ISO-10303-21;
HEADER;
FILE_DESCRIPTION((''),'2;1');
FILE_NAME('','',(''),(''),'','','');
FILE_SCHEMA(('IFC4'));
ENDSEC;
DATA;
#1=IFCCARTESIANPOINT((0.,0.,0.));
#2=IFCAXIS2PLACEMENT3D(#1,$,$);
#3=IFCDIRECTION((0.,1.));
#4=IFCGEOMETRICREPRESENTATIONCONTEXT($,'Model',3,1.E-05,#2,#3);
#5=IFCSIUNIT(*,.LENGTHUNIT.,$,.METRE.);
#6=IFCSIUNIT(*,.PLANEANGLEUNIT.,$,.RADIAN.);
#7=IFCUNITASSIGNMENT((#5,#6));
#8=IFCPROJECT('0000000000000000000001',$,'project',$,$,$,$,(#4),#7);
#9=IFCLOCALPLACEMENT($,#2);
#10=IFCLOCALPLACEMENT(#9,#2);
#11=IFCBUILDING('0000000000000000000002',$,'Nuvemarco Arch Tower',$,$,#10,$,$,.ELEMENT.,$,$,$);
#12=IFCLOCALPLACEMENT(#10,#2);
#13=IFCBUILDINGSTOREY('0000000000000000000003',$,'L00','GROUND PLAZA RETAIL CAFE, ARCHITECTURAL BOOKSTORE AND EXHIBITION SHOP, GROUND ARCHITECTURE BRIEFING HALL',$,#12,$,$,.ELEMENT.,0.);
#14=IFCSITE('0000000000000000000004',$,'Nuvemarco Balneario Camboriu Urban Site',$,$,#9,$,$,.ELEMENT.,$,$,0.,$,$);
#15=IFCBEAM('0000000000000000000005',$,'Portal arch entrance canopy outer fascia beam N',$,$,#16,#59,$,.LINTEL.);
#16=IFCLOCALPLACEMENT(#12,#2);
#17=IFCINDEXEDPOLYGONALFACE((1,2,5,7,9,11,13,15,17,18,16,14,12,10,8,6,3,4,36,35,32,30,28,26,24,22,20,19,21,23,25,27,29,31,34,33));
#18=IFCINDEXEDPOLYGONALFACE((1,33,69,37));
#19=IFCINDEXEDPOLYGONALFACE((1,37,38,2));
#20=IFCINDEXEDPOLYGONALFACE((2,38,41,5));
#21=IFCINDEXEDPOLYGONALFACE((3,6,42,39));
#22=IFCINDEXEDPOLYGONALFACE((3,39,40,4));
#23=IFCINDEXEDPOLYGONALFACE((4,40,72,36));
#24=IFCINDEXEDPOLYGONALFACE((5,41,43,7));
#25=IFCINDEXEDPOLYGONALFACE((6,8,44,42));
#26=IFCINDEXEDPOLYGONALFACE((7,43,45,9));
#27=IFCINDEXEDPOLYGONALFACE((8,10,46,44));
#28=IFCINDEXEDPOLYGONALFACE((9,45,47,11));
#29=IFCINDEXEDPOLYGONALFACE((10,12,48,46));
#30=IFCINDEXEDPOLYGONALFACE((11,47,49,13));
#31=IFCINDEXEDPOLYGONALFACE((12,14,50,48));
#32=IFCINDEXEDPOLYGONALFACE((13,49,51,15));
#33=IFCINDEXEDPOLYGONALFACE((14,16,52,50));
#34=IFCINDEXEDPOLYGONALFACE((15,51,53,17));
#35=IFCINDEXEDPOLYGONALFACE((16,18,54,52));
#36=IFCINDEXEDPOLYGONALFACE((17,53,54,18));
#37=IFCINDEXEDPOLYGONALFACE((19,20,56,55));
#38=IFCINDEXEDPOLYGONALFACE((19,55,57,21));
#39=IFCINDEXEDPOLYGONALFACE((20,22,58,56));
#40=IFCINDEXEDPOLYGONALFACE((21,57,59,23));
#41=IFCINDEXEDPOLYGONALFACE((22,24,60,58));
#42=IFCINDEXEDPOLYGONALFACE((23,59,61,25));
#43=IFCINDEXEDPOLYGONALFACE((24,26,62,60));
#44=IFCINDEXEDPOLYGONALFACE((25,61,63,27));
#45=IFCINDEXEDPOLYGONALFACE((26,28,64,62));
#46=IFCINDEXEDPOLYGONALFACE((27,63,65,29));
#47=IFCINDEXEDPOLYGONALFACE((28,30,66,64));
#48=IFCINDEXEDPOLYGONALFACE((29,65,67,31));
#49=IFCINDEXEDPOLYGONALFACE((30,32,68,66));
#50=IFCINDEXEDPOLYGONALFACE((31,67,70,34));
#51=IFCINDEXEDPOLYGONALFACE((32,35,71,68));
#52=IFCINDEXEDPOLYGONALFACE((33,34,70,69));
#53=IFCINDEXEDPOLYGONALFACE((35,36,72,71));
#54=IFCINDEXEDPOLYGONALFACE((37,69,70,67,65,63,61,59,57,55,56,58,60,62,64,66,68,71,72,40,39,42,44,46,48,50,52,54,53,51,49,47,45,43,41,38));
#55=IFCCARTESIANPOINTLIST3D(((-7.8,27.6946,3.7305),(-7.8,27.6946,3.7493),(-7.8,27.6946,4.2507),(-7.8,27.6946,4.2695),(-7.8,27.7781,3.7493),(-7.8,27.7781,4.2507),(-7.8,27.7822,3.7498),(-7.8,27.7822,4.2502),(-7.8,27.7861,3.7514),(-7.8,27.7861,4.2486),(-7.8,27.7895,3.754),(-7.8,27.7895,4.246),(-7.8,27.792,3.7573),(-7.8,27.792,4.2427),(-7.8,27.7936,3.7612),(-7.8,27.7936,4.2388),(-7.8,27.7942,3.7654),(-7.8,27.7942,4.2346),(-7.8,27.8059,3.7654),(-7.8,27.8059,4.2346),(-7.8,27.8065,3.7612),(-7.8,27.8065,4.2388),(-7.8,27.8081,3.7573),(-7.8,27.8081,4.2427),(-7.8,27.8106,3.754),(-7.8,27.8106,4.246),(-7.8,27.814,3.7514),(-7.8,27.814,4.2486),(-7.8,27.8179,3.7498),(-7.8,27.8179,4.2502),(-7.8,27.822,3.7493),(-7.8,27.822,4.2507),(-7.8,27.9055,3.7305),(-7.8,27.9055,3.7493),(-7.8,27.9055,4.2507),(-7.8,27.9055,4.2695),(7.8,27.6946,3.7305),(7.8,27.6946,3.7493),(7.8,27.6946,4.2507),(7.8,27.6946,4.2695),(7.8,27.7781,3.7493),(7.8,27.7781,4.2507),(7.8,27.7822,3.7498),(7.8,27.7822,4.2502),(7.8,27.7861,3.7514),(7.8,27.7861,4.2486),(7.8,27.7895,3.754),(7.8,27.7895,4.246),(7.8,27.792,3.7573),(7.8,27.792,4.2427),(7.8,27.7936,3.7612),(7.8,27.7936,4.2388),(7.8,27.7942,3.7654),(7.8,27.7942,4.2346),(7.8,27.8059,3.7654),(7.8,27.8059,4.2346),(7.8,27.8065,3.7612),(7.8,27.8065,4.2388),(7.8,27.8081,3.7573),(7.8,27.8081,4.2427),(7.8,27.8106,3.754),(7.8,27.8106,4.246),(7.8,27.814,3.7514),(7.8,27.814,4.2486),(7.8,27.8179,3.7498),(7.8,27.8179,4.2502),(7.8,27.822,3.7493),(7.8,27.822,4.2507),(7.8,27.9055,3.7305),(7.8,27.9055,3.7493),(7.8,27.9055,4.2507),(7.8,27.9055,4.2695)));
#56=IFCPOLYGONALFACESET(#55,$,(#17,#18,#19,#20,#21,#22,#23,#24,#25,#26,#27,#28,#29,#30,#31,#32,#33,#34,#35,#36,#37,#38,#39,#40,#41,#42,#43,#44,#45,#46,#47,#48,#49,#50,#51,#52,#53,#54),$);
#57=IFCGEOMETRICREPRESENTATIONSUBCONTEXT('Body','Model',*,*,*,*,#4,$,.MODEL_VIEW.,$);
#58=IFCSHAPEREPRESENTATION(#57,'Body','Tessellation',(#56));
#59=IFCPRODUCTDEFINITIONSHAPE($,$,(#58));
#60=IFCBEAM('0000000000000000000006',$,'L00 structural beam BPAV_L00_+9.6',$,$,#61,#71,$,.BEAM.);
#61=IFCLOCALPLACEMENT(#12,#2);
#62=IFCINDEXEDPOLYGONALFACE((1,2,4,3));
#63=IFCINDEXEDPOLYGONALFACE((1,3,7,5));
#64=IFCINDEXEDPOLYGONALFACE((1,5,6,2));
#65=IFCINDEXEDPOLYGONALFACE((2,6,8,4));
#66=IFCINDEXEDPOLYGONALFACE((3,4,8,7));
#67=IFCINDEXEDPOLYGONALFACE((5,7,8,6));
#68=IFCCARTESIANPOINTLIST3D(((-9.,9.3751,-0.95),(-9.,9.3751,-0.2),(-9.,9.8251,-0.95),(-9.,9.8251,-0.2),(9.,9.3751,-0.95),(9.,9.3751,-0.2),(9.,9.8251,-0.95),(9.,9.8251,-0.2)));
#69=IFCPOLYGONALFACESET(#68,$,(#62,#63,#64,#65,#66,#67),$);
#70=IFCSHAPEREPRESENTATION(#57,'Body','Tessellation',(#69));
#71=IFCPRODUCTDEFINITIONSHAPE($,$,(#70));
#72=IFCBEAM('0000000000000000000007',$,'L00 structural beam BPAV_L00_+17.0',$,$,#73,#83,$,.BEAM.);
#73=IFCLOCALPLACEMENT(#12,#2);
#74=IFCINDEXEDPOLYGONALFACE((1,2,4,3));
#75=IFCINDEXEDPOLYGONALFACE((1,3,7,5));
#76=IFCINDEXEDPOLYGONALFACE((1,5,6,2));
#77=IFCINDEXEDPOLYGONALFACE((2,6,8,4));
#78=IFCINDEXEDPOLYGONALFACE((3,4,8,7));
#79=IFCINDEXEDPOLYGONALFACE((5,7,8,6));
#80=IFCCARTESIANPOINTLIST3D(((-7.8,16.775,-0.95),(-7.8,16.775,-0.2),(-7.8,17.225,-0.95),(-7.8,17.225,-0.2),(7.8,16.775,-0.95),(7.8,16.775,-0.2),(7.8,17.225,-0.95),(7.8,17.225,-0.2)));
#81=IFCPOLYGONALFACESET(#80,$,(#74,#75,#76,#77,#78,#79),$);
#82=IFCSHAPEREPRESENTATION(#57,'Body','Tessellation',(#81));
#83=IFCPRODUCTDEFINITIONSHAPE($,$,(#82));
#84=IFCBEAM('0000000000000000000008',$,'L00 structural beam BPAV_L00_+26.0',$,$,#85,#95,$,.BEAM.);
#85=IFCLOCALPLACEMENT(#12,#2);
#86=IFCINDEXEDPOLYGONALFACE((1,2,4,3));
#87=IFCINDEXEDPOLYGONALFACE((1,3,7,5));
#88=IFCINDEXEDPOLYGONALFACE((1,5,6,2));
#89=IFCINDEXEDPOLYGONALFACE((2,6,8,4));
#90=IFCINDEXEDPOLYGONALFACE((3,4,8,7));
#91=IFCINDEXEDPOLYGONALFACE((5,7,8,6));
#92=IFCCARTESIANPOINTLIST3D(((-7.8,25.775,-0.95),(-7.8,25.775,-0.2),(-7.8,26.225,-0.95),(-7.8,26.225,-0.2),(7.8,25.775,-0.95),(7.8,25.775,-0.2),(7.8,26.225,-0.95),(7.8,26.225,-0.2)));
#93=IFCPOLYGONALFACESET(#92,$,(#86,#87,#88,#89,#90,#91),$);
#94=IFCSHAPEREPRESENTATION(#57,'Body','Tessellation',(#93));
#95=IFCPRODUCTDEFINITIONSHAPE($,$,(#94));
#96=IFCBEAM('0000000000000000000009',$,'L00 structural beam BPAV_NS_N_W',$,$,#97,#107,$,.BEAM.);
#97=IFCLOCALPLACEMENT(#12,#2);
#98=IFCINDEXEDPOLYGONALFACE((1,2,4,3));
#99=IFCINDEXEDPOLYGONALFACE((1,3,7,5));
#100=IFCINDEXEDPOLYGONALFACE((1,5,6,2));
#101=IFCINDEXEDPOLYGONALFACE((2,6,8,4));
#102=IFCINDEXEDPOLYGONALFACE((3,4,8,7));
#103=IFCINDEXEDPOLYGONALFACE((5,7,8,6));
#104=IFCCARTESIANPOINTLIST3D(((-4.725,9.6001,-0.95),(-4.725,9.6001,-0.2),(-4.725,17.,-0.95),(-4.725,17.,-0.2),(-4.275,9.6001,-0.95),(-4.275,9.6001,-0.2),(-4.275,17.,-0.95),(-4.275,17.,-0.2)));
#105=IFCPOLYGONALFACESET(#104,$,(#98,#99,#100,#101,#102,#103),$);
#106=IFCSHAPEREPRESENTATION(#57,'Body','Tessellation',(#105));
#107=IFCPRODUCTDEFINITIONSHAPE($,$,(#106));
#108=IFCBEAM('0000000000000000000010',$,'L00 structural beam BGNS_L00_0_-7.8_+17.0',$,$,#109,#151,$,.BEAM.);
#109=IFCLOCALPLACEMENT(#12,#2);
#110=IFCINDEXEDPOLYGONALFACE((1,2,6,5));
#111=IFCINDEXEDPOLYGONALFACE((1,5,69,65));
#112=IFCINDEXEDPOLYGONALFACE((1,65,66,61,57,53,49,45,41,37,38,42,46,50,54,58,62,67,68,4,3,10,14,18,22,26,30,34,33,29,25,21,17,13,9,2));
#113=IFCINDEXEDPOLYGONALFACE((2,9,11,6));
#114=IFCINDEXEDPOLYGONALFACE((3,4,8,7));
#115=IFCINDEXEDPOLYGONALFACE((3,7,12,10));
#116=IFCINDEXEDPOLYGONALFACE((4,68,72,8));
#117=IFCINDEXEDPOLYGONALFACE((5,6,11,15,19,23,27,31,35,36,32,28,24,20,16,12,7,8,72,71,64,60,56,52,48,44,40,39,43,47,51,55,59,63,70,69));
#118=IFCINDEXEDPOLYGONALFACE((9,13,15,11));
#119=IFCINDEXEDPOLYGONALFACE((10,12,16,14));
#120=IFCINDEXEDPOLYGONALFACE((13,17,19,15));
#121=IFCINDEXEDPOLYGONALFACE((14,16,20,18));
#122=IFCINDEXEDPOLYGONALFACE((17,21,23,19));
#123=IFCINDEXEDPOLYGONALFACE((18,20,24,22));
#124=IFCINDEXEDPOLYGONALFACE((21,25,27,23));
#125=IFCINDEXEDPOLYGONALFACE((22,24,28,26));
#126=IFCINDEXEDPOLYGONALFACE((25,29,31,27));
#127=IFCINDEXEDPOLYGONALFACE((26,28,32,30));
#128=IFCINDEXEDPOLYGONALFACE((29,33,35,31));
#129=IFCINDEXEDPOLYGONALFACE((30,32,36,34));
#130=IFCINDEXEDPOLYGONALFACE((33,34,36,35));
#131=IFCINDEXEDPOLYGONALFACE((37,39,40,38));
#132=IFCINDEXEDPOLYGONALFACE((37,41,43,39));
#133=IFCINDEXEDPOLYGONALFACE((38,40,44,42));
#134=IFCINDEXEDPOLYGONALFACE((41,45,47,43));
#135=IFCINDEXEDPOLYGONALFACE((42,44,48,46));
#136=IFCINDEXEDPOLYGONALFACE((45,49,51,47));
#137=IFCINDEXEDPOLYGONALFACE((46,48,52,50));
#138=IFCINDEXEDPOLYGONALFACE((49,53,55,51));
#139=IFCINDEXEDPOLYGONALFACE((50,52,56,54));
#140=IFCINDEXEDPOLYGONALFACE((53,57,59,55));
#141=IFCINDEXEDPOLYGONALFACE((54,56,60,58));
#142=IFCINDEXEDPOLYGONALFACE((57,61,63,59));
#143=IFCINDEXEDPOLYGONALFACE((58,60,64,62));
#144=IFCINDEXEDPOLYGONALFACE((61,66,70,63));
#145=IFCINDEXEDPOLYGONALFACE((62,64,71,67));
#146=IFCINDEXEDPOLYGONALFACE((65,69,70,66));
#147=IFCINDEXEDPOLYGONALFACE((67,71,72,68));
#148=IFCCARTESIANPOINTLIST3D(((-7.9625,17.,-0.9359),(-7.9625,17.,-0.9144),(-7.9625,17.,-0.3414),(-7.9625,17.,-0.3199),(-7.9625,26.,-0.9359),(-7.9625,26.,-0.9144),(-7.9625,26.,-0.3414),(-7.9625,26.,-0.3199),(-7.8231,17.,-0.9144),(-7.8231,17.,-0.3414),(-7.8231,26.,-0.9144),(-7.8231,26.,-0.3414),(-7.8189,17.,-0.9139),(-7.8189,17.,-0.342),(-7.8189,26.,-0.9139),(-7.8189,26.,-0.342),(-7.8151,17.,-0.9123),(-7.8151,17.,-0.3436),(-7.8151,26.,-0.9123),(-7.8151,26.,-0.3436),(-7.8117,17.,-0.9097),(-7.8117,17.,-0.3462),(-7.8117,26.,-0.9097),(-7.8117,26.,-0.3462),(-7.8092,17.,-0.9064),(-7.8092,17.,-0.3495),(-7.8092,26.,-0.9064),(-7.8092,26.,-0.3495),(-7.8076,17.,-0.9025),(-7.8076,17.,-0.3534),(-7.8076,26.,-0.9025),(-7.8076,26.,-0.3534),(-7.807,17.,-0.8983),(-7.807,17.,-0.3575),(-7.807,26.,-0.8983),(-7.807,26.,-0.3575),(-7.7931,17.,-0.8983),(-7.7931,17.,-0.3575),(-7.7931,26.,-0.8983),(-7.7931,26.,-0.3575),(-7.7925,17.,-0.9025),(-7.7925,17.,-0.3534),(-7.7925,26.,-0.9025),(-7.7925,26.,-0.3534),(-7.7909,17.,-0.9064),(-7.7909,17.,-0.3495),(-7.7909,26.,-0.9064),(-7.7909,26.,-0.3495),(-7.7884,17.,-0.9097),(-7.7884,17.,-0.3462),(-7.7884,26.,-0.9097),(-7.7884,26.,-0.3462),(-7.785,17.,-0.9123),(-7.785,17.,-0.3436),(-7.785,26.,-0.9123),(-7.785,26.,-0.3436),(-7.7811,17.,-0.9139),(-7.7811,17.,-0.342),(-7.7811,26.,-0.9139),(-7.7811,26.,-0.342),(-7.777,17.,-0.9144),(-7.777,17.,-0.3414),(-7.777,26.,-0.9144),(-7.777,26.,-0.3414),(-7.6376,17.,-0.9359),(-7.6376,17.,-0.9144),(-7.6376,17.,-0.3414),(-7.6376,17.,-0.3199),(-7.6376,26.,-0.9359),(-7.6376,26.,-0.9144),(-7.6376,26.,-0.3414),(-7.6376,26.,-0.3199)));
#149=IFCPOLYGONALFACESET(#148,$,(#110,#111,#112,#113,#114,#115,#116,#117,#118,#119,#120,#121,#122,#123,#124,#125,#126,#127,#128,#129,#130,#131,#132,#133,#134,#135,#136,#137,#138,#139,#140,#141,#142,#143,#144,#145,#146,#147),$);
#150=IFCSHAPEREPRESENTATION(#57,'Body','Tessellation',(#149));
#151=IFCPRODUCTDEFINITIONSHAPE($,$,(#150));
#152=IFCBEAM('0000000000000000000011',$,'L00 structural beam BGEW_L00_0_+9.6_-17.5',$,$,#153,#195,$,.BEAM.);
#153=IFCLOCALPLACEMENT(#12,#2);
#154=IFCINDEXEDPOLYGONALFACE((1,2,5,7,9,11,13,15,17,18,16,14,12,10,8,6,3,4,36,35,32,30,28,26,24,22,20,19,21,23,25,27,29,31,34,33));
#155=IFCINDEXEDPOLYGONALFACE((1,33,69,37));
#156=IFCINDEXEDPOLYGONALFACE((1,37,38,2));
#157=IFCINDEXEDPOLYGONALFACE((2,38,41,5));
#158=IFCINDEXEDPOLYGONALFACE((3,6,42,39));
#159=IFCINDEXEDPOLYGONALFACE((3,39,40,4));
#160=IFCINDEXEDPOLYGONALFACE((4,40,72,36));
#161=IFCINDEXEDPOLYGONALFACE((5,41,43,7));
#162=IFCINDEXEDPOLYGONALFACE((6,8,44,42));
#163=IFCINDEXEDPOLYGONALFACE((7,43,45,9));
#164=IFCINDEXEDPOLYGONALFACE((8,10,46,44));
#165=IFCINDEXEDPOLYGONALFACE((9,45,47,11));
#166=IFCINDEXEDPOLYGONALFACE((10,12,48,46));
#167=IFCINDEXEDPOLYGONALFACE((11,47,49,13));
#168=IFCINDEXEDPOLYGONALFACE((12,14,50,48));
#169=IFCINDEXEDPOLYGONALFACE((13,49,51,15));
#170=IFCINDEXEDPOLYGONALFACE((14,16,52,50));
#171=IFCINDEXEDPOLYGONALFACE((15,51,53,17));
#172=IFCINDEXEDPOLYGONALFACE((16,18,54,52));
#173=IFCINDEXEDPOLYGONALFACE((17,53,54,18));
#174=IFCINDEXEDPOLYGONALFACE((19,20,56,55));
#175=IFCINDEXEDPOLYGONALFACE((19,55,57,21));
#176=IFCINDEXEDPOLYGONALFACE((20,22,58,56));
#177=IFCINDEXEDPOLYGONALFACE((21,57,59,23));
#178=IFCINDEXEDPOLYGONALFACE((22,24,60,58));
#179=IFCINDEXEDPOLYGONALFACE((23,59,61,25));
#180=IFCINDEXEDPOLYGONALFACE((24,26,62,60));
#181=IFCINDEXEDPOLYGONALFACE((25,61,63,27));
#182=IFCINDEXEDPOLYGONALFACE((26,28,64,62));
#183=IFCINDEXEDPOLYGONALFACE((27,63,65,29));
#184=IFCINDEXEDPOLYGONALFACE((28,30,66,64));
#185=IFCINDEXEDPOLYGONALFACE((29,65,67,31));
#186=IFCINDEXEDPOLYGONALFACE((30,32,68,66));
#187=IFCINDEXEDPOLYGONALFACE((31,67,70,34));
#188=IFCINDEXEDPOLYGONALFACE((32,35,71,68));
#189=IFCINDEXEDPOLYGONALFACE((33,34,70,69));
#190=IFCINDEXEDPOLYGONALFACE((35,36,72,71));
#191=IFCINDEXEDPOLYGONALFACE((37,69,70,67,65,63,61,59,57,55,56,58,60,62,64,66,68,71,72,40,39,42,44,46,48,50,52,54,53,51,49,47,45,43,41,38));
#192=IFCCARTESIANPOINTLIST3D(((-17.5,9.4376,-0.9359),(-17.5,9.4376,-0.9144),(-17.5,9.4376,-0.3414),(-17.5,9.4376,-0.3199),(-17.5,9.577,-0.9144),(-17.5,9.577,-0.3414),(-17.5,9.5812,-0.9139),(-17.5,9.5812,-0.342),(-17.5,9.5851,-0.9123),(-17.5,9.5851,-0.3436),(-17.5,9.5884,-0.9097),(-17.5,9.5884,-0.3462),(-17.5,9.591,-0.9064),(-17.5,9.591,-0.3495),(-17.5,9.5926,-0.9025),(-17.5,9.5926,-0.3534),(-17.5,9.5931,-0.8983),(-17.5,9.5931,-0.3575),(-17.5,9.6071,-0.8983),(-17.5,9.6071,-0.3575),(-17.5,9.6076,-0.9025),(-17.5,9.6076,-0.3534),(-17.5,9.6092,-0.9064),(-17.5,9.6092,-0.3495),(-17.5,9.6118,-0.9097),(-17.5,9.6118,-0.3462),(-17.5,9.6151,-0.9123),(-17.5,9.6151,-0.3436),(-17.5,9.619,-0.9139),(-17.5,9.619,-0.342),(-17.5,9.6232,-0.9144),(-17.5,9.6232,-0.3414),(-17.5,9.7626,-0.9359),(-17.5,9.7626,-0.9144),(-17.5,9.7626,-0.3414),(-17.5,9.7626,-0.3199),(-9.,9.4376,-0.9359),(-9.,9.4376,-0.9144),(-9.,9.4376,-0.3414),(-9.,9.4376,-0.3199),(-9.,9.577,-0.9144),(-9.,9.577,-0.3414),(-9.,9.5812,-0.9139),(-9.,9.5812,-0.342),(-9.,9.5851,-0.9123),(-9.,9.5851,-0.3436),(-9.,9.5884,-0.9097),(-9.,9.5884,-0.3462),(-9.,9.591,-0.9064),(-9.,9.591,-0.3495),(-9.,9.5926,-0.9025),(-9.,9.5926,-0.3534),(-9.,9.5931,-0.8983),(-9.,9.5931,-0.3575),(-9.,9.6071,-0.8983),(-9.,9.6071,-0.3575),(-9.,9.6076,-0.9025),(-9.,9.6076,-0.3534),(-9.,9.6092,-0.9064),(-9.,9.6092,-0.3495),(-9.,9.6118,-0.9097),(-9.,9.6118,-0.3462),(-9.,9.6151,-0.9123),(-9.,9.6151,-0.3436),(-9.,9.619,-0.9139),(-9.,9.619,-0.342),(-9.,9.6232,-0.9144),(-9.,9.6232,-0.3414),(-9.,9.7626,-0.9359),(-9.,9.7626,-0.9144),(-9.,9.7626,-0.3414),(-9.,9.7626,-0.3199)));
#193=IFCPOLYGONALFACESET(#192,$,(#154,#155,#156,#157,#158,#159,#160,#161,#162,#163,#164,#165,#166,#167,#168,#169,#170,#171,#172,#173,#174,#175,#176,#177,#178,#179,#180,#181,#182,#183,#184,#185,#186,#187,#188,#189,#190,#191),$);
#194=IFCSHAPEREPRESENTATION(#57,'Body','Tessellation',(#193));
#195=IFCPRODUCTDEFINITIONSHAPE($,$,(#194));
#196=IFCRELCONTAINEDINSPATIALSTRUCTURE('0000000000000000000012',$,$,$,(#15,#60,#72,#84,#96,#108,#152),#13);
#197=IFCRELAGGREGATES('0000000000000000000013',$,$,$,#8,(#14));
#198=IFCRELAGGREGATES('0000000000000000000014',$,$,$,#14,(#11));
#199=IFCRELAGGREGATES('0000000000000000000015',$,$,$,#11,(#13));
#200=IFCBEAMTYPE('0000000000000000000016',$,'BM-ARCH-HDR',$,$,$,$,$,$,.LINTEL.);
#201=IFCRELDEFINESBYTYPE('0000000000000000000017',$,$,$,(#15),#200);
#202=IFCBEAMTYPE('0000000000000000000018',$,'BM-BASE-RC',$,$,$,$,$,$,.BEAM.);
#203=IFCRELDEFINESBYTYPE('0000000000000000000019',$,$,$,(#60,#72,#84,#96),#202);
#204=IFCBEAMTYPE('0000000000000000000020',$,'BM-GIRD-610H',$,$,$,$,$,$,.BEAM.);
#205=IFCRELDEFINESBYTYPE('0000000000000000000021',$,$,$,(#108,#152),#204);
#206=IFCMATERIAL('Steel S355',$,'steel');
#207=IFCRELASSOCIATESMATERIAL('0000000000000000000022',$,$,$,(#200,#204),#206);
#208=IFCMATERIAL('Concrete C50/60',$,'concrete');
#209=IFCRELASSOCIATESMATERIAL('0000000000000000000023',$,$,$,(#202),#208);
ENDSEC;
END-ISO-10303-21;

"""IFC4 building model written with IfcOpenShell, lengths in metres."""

from ifc_helpers import new_model, si_unit, direction, frame, origin, origin_2d, place, context, subcontext, project, spatial, rectangle, i_section, extrude, material, material_profile, profile_set, type_object, element, save


model = new_model("IFC4")

# Units and contexts
model_context = context("Model", 3, precision=1e-05, world=origin(), true_north=direction((0.0, 1.0)))
body_context = subcontext(model_context, "Body", "Model", "MODEL_VIEW")
ifc_project = project(units=[si_unit("LENGTHUNIT", "METRE"), si_unit("PLANEANGLEUNIT", "RADIAN")], contexts=[model_context])

# Site, building, storey
site_placement = place(None, origin())
site = spatial("IfcSite", under=ifc_project, at=site_placement, Name="Nuvemarco Balneario Camboriu Urban Site", CompositionType="ELEMENT", RefElevation=0.0)
building_placement = place(site_placement, origin())
building = spatial("IfcBuilding", under=site, at=building_placement, Name="Nuvemarco Arch Tower", CompositionType="ELEMENT")
storey_placement = place(building_placement, origin())
storey = spatial("IfcBuildingStorey", under=building, at=storey_placement, Name="L00", Description="GROUND PLAZA RETAIL CAFE, ARCHITECTURAL BOOKSTORE AND EXHIBITION SHOP, GROUND ARCHITECTURE BRIEFING HALL", CompositionType="ELEMENT", Elevation=0.0)

# Shared definitions
ifc_material_1 = material(Name="Concrete C50/60", Category="concrete")

# Shared definitions
ifc_material_2 = material(Name="Steel S355", Category="steel")

# Beams
ifc_material_profile_1 = material_profile(ifc_material_2, i_section(OverallWidth=0.2109, OverallDepth=0.5391, WebThickness=0.0117, FlangeThickness=0.0188, FilletRadius=0.0161, at=origin_2d()), Name="W530x109")
ifc_profile_set_1 = profile_set([ifc_material_profile_1], Name="Steel S355")
beam_type_1 = type_object("IfcBeamType", Name="BM-ARCH-HDR", PredefinedType="LINTEL", material=ifc_profile_set_1)
for number, where, z_axis, x_axis, name in (
    (1, (-7.8, 27.8, 4.0), (1.0, 0.0, 0.0), (0.0, 1.0, 0.0), "Portal arch entrance canopy outer fascia beam N"),
):
    element("IfcBeam", number, at=place(storey_placement, frame(where, z_axis=z_axis, x_axis=x_axis)), inside=storey, type_object=beam_type_1, Name=name, PredefinedType="LINTEL", context=body_context, shape_type="SweptSolid", body=[
        extrude(i_section(OverallWidth=0.2109, OverallDepth=0.5391, WebThickness=0.0117, FlangeThickness=0.0188, FilletRadius=0.0161, at=origin_2d()), origin(), (0.0, 0.0, 1.0), 15.6001),
    ])
ifc_material_profile_2 = material_profile(ifc_material_1, rectangle(XDim=0.45, YDim=0.75, at=origin_2d()), Name="RC-BM-450x750")
ifc_profile_set_2 = profile_set([ifc_material_profile_2], Name="Concrete C50/60")
beam_type_2 = type_object("IfcBeamType", Name="BM-BASE-RC", PredefinedType="BEAM", material=ifc_profile_set_2)
beam_1_placement = place(storey_placement, frame((-9.0, 9.6001, -0.575), z_axis=(1.0, 0.0, 0.0), x_axis=(0.0, 1.0, 0.0)))
element("IfcBeam", 2, at=beam_1_placement, inside=storey, type_object=beam_type_2, Name="L00 structural beam BPAV_L00_+9.6", PredefinedType="BEAM", context=body_context, shape_type="SweptSolid", body=[
    extrude(rectangle(XDim=0.45, YDim=0.75, at=origin_2d()), origin(), (0.0, 0.0, 1.0), 18.0),
])
for number, where, z_axis, x_axis, name in (
    (3, (-7.8, 17.0, -0.575), (1.0, 0.0, 0.0), (0.0, 1.0, 0.0), "L00 structural beam BPAV_L00_+17.0"),
    (4, (-7.8, 26.0, -0.575), (1.0, 0.0, 0.0), (0.0, 1.0, 0.0), "L00 structural beam BPAV_L00_+26.0"),
):
    element("IfcBeam", number, at=place(storey_placement, frame(where, z_axis=z_axis, x_axis=x_axis)), inside=storey, type_object=beam_type_2, Name=name, PredefinedType="BEAM", context=body_context, shape_type="SweptSolid", body=[
        extrude(rectangle(XDim=0.45, YDim=0.75, at=origin_2d()), origin(), (0.0, 0.0, 1.0), 15.6001),
    ])
beam_2_placement = place(storey_placement, frame((-4.5, 9.6001, -0.575), z_axis=(0.0, 1.0, 0.0), x_axis=(-1.0, 0.0, 0.0)))
element("IfcBeam", 5, at=beam_2_placement, inside=storey, type_object=beam_type_2, Name="L00 structural beam BPAV_NS_N_W", PredefinedType="BEAM", context=body_context, shape_type="SweptSolid", body=[
    extrude(rectangle(XDim=0.45, YDim=0.75, at=origin_2d()), origin(), (0.0, 0.0, 1.0), 7.3999),
])
ifc_material_profile_3 = material_profile(ifc_material_2, i_section(OverallWidth=0.325, OverallDepth=0.616, WebThickness=0.0139, FlangeThickness=0.0215, FilletRadius=0.0161, at=origin_2d()), Name="W610x174")
ifc_profile_set_3 = profile_set([ifc_material_profile_3], Name="Steel S355")
beam_type_3 = type_object("IfcBeamType", Name="BM-GIRD-610H", PredefinedType="BEAM", material=ifc_profile_set_3)
beam_3_placement = place(storey_placement, frame((-7.8, 17.0, -0.6279), z_axis=(0.0, 1.0, 0.0), x_axis=(-1.0, 0.0, 0.0)))
element("IfcBeam", 6, at=beam_3_placement, inside=storey, type_object=beam_type_3, Name="L00 structural beam BGNS_L00_0_-7.8_+17.0", PredefinedType="BEAM", context=body_context, shape_type="SweptSolid", body=[
    extrude(i_section(OverallWidth=0.325, OverallDepth=0.616, WebThickness=0.0139, FlangeThickness=0.0215, FilletRadius=0.0161, at=origin_2d()), origin(), (0.0, 0.0, 1.0), 9.0),
])
beam_4_placement = place(storey_placement, frame((-17.5, 9.6001, -0.6279), z_axis=(1.0, 0.0, 0.0), x_axis=(0.0, 1.0, 0.0)))
element("IfcBeam", 7, at=beam_4_placement, inside=storey, type_object=beam_type_3, Name="L00 structural beam BGEW_L00_0_+9.6_-17.5", PredefinedType="BEAM", context=body_context, shape_type="SweptSolid", body=[
    extrude(i_section(OverallWidth=0.325, OverallDepth=0.616, WebThickness=0.0139, FlangeThickness=0.0215, FilletRadius=0.0161, at=origin_2d()), origin(), (0.0, 0.0, 1.0), 8.5),
])

save(model, "model.ifc")
